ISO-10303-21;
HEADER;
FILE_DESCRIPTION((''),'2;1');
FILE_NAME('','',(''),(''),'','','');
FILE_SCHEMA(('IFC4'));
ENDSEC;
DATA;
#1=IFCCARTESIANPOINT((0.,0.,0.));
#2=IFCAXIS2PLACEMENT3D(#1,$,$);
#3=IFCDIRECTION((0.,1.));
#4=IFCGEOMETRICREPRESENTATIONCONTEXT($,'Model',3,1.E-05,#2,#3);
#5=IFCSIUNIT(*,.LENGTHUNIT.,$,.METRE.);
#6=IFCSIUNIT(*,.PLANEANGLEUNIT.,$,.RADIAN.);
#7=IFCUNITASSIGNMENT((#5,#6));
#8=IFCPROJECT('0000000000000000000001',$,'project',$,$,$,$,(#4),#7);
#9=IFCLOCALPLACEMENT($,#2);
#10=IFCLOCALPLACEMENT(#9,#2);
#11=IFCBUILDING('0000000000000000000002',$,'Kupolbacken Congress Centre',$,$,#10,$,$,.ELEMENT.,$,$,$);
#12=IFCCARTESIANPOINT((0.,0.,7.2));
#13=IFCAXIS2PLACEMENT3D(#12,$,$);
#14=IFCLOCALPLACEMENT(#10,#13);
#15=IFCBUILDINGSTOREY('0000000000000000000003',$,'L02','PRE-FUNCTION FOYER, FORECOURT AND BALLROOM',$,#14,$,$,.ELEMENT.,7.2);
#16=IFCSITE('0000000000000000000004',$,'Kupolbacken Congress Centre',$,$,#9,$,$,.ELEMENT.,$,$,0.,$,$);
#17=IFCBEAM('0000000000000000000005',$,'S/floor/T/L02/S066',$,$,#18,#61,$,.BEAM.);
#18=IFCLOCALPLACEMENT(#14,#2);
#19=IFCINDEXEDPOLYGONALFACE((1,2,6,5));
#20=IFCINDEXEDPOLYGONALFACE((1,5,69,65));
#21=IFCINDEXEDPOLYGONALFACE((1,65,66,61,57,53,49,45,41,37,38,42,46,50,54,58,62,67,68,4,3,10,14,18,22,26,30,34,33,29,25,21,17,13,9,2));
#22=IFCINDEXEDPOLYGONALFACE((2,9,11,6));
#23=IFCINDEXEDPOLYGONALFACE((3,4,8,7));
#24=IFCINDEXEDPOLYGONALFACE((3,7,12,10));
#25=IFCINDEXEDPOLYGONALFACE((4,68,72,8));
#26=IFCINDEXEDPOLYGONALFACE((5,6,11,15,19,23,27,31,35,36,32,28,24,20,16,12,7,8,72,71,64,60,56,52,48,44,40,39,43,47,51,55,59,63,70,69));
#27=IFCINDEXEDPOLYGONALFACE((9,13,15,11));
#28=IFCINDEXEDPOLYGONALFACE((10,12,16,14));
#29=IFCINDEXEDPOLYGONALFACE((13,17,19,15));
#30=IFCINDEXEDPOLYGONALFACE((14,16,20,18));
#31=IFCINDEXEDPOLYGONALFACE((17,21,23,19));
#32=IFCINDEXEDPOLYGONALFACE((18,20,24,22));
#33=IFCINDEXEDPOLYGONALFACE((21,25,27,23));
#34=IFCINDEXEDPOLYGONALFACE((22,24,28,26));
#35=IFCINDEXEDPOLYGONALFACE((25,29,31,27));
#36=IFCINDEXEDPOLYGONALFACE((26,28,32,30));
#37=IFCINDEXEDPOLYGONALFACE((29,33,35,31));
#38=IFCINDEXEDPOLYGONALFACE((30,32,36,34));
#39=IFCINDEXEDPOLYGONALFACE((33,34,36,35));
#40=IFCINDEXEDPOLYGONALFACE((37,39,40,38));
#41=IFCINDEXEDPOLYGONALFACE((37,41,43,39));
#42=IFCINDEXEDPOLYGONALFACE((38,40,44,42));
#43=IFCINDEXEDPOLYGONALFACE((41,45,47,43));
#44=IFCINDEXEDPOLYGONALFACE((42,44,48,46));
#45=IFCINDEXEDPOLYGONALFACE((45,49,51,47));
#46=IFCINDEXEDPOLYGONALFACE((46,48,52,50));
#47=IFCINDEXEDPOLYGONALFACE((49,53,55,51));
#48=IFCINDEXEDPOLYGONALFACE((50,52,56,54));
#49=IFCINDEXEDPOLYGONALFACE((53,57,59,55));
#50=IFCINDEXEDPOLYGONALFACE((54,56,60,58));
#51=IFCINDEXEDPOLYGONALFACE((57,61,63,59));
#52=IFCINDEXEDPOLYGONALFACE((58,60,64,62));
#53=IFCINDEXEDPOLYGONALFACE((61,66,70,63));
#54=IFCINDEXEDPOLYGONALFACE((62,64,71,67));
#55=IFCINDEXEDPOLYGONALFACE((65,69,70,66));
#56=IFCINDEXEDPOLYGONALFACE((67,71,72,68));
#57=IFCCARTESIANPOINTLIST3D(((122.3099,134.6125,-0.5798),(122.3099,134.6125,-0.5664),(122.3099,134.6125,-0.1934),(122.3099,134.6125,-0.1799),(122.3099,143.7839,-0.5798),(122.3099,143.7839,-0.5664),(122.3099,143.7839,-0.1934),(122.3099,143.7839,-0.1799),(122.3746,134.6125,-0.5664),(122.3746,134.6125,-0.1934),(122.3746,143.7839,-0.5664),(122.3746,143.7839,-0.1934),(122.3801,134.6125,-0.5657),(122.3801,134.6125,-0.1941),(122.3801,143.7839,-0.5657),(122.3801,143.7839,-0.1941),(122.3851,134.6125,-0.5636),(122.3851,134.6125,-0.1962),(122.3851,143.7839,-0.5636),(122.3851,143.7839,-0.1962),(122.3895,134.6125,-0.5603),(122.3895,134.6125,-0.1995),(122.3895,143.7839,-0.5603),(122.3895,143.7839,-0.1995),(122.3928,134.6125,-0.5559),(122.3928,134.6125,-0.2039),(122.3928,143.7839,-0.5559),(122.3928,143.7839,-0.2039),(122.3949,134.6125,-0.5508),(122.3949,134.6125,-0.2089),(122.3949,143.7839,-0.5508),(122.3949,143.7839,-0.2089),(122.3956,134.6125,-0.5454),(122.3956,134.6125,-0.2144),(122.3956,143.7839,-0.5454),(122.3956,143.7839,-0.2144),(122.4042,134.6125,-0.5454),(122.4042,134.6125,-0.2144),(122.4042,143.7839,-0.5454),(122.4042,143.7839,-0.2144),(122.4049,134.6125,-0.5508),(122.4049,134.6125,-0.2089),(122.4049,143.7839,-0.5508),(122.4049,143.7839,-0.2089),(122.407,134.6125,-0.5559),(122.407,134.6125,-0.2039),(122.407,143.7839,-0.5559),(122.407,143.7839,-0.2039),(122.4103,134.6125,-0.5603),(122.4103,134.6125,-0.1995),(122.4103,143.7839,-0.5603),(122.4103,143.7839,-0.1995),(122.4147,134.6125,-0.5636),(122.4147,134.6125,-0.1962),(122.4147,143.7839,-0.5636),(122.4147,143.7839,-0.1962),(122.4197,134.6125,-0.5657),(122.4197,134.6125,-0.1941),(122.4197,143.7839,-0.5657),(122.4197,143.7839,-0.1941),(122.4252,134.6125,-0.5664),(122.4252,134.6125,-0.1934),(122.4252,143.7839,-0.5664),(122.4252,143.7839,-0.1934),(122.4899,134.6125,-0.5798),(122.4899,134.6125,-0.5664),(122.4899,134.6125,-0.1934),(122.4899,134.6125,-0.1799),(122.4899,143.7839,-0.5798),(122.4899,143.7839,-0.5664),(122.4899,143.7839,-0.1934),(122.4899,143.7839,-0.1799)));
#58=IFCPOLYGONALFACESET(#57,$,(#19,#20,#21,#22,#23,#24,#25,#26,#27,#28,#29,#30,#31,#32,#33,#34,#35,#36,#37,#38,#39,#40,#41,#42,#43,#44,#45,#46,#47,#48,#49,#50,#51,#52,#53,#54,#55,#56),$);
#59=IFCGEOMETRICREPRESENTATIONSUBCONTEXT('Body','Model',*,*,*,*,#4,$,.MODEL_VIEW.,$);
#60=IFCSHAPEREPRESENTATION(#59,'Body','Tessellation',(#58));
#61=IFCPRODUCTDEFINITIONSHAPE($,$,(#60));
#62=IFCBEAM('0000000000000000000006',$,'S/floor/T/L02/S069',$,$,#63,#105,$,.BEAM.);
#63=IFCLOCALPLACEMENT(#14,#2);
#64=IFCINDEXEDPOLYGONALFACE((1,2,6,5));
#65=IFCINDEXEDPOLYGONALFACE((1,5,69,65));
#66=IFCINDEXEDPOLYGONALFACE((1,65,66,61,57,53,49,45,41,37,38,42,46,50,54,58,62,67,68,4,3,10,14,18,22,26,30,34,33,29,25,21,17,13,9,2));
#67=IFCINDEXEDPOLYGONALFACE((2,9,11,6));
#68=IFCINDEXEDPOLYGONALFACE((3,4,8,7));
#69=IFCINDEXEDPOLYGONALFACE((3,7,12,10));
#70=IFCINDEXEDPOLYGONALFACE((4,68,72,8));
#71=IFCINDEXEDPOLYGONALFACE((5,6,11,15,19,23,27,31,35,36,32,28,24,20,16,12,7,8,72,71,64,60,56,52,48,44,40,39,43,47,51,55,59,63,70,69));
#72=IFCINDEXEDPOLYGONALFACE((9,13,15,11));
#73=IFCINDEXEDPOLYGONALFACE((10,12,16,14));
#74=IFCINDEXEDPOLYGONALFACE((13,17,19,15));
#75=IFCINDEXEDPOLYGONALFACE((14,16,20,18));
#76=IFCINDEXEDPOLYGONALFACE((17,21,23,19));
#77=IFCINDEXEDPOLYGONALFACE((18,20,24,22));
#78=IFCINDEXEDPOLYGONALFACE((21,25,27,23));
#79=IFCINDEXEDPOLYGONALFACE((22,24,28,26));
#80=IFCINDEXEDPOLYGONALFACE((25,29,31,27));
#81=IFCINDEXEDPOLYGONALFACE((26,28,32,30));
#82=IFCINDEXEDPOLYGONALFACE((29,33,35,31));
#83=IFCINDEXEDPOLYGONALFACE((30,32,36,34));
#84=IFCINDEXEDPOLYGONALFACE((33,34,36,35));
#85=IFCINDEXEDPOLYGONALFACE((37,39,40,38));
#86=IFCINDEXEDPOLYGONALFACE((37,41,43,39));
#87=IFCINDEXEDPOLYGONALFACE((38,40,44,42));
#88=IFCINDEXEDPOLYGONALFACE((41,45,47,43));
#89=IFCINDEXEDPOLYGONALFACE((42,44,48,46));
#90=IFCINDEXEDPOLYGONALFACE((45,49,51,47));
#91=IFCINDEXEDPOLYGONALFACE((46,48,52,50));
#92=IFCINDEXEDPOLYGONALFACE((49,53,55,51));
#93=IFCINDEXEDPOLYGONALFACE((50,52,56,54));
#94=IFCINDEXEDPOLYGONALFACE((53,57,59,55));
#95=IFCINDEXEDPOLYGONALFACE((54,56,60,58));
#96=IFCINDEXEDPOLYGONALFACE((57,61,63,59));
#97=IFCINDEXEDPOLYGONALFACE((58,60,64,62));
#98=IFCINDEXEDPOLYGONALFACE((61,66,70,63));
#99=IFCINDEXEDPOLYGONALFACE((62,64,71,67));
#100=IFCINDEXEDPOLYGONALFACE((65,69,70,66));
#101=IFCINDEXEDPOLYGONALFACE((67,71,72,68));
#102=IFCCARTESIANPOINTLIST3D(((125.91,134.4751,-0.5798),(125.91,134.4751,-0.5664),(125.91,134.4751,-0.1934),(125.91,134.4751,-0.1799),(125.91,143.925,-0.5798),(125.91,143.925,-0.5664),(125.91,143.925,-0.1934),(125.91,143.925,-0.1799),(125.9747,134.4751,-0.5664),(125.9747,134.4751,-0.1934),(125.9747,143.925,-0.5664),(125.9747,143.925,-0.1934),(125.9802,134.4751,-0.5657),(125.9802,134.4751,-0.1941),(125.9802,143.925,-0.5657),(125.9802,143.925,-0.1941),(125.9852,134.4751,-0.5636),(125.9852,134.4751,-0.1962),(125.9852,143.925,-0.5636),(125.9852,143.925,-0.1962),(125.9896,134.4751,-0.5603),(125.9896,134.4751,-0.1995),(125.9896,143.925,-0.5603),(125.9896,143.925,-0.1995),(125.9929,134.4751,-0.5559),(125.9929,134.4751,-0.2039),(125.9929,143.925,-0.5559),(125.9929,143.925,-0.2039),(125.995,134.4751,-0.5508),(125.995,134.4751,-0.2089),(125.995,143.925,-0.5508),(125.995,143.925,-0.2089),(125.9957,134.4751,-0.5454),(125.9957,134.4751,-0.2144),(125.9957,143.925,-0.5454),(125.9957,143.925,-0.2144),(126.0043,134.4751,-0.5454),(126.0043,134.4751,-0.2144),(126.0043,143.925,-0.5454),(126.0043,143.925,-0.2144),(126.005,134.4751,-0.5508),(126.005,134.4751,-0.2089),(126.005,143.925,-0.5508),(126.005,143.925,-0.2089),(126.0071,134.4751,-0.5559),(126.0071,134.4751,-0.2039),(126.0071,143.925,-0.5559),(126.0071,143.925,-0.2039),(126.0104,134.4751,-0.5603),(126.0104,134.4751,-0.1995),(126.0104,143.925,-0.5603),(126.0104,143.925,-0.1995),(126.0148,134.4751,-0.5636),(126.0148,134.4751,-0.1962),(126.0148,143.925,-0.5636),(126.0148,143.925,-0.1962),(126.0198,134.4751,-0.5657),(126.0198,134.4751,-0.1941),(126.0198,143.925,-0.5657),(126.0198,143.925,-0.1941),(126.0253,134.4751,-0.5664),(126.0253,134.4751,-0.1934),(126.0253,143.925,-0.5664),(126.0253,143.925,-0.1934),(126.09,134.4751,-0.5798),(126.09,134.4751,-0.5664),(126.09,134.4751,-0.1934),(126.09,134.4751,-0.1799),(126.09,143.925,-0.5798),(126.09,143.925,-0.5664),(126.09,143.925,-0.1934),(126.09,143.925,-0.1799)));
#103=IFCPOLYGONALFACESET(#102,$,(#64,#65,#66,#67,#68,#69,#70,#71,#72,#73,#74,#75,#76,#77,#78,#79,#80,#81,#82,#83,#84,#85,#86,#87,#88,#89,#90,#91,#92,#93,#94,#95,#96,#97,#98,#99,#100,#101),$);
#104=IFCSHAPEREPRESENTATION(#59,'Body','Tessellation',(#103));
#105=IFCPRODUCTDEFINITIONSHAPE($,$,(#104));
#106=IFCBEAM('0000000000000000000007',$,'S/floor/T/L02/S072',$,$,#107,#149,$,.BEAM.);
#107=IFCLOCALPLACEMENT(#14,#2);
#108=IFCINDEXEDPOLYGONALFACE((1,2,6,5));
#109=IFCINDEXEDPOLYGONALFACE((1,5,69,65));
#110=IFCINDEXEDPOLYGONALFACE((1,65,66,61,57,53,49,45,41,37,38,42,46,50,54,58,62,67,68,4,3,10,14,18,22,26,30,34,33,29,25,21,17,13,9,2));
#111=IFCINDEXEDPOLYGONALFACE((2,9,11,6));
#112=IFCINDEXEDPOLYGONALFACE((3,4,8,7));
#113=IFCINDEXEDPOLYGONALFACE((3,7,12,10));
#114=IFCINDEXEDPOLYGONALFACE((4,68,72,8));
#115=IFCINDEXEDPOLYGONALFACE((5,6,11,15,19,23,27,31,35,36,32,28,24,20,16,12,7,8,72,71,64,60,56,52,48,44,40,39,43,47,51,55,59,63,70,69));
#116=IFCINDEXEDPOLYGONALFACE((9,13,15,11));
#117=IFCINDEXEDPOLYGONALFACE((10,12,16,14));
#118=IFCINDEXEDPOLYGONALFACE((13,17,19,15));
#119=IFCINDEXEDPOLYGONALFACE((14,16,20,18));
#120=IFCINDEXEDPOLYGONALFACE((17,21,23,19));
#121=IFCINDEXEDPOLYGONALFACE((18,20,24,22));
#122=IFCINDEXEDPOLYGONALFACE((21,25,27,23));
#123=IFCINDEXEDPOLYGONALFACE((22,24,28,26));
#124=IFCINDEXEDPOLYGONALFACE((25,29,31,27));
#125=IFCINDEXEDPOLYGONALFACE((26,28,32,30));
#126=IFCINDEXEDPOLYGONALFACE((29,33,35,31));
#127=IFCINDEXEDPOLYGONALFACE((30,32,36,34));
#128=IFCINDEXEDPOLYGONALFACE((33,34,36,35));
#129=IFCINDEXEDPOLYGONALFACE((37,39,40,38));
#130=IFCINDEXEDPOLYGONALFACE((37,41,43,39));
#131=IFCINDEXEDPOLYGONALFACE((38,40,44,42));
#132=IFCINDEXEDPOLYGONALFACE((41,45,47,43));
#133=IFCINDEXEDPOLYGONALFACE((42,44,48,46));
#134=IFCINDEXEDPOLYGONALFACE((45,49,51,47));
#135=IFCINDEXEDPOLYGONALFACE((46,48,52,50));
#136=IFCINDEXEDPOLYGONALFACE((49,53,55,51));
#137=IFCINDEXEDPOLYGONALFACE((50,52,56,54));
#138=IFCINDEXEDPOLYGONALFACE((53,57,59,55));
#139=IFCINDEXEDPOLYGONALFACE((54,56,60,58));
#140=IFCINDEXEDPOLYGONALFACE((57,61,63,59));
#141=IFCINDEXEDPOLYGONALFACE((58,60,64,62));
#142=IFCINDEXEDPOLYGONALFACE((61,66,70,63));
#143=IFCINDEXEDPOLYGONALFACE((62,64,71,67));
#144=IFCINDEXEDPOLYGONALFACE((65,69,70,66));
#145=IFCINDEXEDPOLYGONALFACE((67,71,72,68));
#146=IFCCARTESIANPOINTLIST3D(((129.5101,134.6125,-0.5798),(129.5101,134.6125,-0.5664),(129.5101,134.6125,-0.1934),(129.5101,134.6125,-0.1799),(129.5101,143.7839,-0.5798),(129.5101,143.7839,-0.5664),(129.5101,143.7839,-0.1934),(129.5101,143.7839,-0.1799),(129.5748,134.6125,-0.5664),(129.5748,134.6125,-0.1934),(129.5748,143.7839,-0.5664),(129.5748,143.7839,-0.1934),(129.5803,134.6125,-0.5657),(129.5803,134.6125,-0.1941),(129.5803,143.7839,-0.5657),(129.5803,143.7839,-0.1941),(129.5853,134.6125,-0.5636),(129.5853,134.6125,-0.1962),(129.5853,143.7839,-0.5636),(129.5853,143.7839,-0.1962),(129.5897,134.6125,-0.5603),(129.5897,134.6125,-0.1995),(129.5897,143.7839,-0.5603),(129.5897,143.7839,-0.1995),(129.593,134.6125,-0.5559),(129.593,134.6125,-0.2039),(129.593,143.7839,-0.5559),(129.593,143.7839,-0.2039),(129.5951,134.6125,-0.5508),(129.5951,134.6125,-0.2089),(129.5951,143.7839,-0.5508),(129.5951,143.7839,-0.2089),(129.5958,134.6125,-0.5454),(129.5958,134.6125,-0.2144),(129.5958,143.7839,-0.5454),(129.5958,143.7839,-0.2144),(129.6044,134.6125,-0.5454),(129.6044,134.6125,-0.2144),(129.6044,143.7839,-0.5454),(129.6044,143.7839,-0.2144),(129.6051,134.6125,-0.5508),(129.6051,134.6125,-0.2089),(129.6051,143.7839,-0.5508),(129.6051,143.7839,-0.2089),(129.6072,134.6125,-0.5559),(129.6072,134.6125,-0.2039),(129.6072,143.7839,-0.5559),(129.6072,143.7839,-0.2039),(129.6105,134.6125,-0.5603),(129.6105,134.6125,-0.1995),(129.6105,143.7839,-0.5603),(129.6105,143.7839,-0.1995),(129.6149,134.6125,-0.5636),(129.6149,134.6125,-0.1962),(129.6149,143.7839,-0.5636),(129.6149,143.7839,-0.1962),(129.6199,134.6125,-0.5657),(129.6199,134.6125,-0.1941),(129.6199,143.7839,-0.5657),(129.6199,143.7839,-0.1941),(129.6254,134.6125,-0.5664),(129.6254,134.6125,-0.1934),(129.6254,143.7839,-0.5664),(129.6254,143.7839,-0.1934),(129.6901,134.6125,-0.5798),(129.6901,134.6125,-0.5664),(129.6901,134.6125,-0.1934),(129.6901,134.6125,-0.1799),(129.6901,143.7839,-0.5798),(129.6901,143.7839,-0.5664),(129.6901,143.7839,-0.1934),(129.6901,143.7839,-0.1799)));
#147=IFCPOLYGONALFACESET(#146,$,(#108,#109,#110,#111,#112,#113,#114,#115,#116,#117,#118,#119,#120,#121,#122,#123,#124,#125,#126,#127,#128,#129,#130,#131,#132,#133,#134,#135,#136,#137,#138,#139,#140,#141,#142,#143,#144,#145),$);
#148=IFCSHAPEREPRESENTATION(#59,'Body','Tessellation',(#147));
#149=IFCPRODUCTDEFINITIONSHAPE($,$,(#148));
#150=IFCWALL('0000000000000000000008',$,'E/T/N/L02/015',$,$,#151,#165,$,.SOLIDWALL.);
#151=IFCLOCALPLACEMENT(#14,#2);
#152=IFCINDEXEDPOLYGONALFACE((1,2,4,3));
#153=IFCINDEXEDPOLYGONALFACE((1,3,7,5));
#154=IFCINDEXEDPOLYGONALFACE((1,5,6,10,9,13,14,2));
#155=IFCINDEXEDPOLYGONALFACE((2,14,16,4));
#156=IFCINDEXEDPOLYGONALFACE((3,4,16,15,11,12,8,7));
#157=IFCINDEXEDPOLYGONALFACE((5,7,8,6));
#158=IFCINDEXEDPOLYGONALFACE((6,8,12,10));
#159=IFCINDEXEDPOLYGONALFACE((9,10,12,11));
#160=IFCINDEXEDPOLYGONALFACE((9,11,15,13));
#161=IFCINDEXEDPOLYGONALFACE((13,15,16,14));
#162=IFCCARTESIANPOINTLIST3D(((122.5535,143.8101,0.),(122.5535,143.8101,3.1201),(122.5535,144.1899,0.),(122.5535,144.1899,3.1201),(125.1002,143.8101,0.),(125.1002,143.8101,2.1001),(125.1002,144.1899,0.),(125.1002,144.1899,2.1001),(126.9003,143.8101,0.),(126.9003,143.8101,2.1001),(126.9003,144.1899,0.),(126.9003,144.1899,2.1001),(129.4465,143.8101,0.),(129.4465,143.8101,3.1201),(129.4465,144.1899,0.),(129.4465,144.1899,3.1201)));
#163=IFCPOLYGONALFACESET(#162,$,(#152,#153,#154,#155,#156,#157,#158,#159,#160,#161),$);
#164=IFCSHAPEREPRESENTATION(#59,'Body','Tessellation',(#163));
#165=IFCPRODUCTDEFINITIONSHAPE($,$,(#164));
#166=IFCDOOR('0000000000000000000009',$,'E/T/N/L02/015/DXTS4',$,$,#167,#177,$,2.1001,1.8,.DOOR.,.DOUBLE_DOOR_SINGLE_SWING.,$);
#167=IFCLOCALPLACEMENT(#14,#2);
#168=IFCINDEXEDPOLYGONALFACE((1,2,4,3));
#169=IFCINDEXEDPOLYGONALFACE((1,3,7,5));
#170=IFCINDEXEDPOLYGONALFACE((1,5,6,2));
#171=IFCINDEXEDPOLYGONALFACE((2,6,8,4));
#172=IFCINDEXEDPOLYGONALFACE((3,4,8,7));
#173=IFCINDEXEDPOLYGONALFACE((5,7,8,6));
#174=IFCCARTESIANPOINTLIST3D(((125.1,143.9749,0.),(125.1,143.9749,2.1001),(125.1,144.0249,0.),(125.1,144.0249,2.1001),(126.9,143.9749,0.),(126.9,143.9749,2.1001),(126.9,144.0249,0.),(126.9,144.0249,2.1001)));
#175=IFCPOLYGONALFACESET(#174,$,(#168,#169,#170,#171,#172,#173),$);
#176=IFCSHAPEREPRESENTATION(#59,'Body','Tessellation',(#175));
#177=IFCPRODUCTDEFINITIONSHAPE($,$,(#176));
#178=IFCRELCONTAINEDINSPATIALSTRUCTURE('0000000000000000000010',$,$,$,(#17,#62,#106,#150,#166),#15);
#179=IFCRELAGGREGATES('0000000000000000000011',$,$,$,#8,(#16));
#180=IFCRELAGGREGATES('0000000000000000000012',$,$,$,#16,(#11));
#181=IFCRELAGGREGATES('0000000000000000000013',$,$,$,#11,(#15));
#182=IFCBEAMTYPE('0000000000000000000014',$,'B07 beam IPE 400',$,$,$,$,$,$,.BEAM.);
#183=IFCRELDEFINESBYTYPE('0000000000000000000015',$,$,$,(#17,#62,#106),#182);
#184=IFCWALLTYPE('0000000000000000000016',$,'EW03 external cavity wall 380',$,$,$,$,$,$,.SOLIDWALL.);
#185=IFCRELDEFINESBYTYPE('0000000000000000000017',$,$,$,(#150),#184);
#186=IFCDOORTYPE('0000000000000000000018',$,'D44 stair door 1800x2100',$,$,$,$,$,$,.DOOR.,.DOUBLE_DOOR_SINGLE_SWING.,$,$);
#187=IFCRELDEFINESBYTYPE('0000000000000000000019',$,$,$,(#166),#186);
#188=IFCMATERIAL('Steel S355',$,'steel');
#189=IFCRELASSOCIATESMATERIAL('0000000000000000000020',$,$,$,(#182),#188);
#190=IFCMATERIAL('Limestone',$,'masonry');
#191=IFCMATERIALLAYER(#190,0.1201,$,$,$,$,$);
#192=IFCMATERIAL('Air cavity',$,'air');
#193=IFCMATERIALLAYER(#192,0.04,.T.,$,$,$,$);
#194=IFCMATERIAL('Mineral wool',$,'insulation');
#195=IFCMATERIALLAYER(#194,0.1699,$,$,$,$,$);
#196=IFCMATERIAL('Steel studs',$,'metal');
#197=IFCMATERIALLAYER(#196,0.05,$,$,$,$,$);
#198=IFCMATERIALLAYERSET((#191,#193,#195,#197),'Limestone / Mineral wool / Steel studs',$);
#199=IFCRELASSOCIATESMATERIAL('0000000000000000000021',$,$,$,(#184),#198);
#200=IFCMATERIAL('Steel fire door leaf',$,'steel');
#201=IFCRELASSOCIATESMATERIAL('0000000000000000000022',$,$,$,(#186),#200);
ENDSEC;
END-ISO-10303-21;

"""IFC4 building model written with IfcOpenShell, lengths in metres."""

from ifc_helpers import new_model, si_unit, direction, frame, frame_2d, origin, origin_2d, place, context, subcontext, project, spatial, rectangle, i_section, extrude, material, layer, layer_set, material_profile, profile_set, type_object, element, fill, save


model = new_model("IFC4")

# Units and contexts
model_context = context("Model", 3, precision=1e-05, world=origin(), true_north=direction((0.0, 1.0)))
body_context = subcontext(model_context, "Body", "Model", "MODEL_VIEW")
ifc_project = project(units=[si_unit("LENGTHUNIT", "METRE"), si_unit("PLANEANGLEUNIT", "RADIAN")], contexts=[model_context])

# Site, building, storey
site_placement = place(None, origin())
site = spatial("IfcSite", under=ifc_project, at=site_placement, Name="Kupolbacken Congress Centre", CompositionType="ELEMENT", RefElevation=0.0)
building_placement = place(site_placement, origin())
building = spatial("IfcBuilding", under=site, at=building_placement, Name="Kupolbacken Congress Centre", CompositionType="ELEMENT")
storey_placement = place(building_placement, frame((0.0, 0.0, 7.2)))
storey = spatial("IfcBuildingStorey", under=building, at=storey_placement, Name="L02", Description="PRE-FUNCTION FOYER, FORECOURT AND BALLROOM", CompositionType="ELEMENT", Elevation=7.2)

# Beams
ifc_material_1 = material(Name="Steel S355", Category="steel")
ifc_material_profile_1 = material_profile(ifc_material_1, i_section(OverallWidth=0.1799, OverallDepth=0.3999, WebThickness=0.0085, FlangeThickness=0.0134, FilletRadius=0.021, at=origin_2d()), Name="IPE 400")
ifc_profile_set_1 = profile_set([ifc_material_profile_1], Name="Steel S355")
beam_type_1 = type_object("IfcBeamType", Name="B07 beam IPE 400", PredefinedType="BEAM", material=ifc_profile_set_1)
beam_1_placement = place(storey_placement, frame((122.3999, 134.6125, -0.3799), z_axis=(0.0, 1.0, 0.0), x_axis=(-1.0, 0.0, 0.0)))
element("IfcBeam", 1, at=beam_1_placement, inside=storey, type_object=beam_type_1, Name="S/floor/T/L02/S066", PredefinedType="BEAM", context=body_context, shape_type="SweptSolid", body=[
    extrude(i_section(OverallWidth=0.1799, OverallDepth=0.3999, WebThickness=0.0085, FlangeThickness=0.0134, FilletRadius=0.021, at=origin_2d()), origin(), (0.0, 0.0, 1.0), 9.1714),
])
beam_2_placement = place(storey_placement, frame((126.0, 134.4751, -0.3799), z_axis=(0.0, 1.0, 0.0), x_axis=(-1.0, 0.0, 0.0)))
element("IfcBeam", 2, at=beam_2_placement, inside=storey, type_object=beam_type_1, Name="S/floor/T/L02/S069", PredefinedType="BEAM", context=body_context, shape_type="SweptSolid", body=[
    extrude(i_section(OverallWidth=0.1799, OverallDepth=0.3999, WebThickness=0.0085, FlangeThickness=0.0134, FilletRadius=0.021, at=origin_2d()), origin(), (0.0, 0.0, 1.0), 9.45),
])
beam_3_placement = place(storey_placement, frame((129.6001, 134.6125, -0.3799), z_axis=(0.0, 1.0, 0.0), x_axis=(-1.0, 0.0, 0.0)))
element("IfcBeam", 3, at=beam_3_placement, inside=storey, type_object=beam_type_1, Name="S/floor/T/L02/S072", PredefinedType="BEAM", context=body_context, shape_type="SweptSolid", body=[
    extrude(i_section(OverallWidth=0.1799, OverallDepth=0.3999, WebThickness=0.0085, FlangeThickness=0.0134, FilletRadius=0.021, at=origin_2d()), origin(), (0.0, 0.0, 1.0), 9.1714),
])

# Wall, opening, door
ifc_material_2 = material(Name="Limestone", Category="masonry")
ifc_layer_1 = layer(ifc_material_2, 0.1201)
ifc_material_3 = material(Name="Air cavity", Category="air")
ifc_layer_2 = layer(ifc_material_3, 0.04, ventilated=True)
ifc_material_4 = material(Name="Mineral wool", Category="insulation")
ifc_layer_3 = layer(ifc_material_4, 0.1699)
ifc_material_5 = material(Name="Steel studs", Category="metal")
ifc_layer_4 = layer(ifc_material_5, 0.05)
ifc_layer_set_1 = layer_set([ifc_layer_1, ifc_layer_2, ifc_layer_3, ifc_layer_4], Name="Limestone / Mineral wool / Steel studs")
wall_type = type_object("IfcWallType", Name="EW03 external cavity wall 380", PredefinedType="SOLIDWALL", material=ifc_layer_set_1)
wall_1_placement = place(storey_placement, frame((129.4465, 144.0, 0.0), z_axis=(0.0, 0.0, 1.0), x_axis=(-1.0, 0.0, 0.0)))
wall_1 = element("IfcWall", 4, at=wall_1_placement, inside=storey, type_object=wall_type, Name="E/T/N/L02/015", PredefinedType="SOLIDWALL", context=body_context, shape_type="SweptSolid", body=[
    extrude(rectangle(XDim=6.8931, YDim=0.3799, at=frame_2d((3.4465, 0.0))), origin(), (0.0, 0.0, 1.0), 3.1201),
])
opening_1_placement = place(wall_1_placement, frame((2.5464, 0.0, 0.0)))
opening_1 = element("IfcOpeningElement", 5, at=opening_1_placement, cuts=wall_1, PredefinedType="OPENING", context=body_context, shape_type="SweptSolid", body=[
    extrude(rectangle(XDim=1.8, YDim=2.1001, at=frame_2d((0.8999, 1.05))), frame((0.0, 0.2, 0.0), z_axis=(0.0, -1.0, 0.0), x_axis=(1.0, 0.0, 0.0)), (0.0, 0.0, 1.0), 0.3999),
])
ifc_material_6 = material(Name="Steel fire door leaf", Category="steel")
door_type_1 = type_object("IfcDoorType", Name="D44 stair door 1800x2100", OperationType="DOUBLE_DOOR_SINGLE_SWING", PredefinedType="DOOR", material=ifc_material_6)
door_1_placement = place(opening_1_placement, frame((1.8, 0.0, 0.0), z_axis=(0.0, 0.0, 1.0), x_axis=(-1.0, 0.0, 0.0)))
door_1 = element("IfcDoor", 6, at=door_1_placement, inside=storey, type_object=door_type_1, Name="E/T/N/L02/015/DXTS4", OperationType="DOUBLE_DOOR_SINGLE_SWING", OverallHeight=2.1001, OverallWidth=1.8, PredefinedType="DOOR", context=body_context, shape_type="SweptSolid", body=[
    extrude(rectangle(XDim=1.8, YDim=2.1001, at=frame_2d((0.8999, 1.05))), frame((0.0, 0.0249, 0.0), z_axis=(0.0, -1.0, 0.0), x_axis=(1.0, 0.0, 0.0)), (0.0, 0.0, 1.0), 0.05),
])
fill(opening_1, door_1)

save(model, "model.ifc")
